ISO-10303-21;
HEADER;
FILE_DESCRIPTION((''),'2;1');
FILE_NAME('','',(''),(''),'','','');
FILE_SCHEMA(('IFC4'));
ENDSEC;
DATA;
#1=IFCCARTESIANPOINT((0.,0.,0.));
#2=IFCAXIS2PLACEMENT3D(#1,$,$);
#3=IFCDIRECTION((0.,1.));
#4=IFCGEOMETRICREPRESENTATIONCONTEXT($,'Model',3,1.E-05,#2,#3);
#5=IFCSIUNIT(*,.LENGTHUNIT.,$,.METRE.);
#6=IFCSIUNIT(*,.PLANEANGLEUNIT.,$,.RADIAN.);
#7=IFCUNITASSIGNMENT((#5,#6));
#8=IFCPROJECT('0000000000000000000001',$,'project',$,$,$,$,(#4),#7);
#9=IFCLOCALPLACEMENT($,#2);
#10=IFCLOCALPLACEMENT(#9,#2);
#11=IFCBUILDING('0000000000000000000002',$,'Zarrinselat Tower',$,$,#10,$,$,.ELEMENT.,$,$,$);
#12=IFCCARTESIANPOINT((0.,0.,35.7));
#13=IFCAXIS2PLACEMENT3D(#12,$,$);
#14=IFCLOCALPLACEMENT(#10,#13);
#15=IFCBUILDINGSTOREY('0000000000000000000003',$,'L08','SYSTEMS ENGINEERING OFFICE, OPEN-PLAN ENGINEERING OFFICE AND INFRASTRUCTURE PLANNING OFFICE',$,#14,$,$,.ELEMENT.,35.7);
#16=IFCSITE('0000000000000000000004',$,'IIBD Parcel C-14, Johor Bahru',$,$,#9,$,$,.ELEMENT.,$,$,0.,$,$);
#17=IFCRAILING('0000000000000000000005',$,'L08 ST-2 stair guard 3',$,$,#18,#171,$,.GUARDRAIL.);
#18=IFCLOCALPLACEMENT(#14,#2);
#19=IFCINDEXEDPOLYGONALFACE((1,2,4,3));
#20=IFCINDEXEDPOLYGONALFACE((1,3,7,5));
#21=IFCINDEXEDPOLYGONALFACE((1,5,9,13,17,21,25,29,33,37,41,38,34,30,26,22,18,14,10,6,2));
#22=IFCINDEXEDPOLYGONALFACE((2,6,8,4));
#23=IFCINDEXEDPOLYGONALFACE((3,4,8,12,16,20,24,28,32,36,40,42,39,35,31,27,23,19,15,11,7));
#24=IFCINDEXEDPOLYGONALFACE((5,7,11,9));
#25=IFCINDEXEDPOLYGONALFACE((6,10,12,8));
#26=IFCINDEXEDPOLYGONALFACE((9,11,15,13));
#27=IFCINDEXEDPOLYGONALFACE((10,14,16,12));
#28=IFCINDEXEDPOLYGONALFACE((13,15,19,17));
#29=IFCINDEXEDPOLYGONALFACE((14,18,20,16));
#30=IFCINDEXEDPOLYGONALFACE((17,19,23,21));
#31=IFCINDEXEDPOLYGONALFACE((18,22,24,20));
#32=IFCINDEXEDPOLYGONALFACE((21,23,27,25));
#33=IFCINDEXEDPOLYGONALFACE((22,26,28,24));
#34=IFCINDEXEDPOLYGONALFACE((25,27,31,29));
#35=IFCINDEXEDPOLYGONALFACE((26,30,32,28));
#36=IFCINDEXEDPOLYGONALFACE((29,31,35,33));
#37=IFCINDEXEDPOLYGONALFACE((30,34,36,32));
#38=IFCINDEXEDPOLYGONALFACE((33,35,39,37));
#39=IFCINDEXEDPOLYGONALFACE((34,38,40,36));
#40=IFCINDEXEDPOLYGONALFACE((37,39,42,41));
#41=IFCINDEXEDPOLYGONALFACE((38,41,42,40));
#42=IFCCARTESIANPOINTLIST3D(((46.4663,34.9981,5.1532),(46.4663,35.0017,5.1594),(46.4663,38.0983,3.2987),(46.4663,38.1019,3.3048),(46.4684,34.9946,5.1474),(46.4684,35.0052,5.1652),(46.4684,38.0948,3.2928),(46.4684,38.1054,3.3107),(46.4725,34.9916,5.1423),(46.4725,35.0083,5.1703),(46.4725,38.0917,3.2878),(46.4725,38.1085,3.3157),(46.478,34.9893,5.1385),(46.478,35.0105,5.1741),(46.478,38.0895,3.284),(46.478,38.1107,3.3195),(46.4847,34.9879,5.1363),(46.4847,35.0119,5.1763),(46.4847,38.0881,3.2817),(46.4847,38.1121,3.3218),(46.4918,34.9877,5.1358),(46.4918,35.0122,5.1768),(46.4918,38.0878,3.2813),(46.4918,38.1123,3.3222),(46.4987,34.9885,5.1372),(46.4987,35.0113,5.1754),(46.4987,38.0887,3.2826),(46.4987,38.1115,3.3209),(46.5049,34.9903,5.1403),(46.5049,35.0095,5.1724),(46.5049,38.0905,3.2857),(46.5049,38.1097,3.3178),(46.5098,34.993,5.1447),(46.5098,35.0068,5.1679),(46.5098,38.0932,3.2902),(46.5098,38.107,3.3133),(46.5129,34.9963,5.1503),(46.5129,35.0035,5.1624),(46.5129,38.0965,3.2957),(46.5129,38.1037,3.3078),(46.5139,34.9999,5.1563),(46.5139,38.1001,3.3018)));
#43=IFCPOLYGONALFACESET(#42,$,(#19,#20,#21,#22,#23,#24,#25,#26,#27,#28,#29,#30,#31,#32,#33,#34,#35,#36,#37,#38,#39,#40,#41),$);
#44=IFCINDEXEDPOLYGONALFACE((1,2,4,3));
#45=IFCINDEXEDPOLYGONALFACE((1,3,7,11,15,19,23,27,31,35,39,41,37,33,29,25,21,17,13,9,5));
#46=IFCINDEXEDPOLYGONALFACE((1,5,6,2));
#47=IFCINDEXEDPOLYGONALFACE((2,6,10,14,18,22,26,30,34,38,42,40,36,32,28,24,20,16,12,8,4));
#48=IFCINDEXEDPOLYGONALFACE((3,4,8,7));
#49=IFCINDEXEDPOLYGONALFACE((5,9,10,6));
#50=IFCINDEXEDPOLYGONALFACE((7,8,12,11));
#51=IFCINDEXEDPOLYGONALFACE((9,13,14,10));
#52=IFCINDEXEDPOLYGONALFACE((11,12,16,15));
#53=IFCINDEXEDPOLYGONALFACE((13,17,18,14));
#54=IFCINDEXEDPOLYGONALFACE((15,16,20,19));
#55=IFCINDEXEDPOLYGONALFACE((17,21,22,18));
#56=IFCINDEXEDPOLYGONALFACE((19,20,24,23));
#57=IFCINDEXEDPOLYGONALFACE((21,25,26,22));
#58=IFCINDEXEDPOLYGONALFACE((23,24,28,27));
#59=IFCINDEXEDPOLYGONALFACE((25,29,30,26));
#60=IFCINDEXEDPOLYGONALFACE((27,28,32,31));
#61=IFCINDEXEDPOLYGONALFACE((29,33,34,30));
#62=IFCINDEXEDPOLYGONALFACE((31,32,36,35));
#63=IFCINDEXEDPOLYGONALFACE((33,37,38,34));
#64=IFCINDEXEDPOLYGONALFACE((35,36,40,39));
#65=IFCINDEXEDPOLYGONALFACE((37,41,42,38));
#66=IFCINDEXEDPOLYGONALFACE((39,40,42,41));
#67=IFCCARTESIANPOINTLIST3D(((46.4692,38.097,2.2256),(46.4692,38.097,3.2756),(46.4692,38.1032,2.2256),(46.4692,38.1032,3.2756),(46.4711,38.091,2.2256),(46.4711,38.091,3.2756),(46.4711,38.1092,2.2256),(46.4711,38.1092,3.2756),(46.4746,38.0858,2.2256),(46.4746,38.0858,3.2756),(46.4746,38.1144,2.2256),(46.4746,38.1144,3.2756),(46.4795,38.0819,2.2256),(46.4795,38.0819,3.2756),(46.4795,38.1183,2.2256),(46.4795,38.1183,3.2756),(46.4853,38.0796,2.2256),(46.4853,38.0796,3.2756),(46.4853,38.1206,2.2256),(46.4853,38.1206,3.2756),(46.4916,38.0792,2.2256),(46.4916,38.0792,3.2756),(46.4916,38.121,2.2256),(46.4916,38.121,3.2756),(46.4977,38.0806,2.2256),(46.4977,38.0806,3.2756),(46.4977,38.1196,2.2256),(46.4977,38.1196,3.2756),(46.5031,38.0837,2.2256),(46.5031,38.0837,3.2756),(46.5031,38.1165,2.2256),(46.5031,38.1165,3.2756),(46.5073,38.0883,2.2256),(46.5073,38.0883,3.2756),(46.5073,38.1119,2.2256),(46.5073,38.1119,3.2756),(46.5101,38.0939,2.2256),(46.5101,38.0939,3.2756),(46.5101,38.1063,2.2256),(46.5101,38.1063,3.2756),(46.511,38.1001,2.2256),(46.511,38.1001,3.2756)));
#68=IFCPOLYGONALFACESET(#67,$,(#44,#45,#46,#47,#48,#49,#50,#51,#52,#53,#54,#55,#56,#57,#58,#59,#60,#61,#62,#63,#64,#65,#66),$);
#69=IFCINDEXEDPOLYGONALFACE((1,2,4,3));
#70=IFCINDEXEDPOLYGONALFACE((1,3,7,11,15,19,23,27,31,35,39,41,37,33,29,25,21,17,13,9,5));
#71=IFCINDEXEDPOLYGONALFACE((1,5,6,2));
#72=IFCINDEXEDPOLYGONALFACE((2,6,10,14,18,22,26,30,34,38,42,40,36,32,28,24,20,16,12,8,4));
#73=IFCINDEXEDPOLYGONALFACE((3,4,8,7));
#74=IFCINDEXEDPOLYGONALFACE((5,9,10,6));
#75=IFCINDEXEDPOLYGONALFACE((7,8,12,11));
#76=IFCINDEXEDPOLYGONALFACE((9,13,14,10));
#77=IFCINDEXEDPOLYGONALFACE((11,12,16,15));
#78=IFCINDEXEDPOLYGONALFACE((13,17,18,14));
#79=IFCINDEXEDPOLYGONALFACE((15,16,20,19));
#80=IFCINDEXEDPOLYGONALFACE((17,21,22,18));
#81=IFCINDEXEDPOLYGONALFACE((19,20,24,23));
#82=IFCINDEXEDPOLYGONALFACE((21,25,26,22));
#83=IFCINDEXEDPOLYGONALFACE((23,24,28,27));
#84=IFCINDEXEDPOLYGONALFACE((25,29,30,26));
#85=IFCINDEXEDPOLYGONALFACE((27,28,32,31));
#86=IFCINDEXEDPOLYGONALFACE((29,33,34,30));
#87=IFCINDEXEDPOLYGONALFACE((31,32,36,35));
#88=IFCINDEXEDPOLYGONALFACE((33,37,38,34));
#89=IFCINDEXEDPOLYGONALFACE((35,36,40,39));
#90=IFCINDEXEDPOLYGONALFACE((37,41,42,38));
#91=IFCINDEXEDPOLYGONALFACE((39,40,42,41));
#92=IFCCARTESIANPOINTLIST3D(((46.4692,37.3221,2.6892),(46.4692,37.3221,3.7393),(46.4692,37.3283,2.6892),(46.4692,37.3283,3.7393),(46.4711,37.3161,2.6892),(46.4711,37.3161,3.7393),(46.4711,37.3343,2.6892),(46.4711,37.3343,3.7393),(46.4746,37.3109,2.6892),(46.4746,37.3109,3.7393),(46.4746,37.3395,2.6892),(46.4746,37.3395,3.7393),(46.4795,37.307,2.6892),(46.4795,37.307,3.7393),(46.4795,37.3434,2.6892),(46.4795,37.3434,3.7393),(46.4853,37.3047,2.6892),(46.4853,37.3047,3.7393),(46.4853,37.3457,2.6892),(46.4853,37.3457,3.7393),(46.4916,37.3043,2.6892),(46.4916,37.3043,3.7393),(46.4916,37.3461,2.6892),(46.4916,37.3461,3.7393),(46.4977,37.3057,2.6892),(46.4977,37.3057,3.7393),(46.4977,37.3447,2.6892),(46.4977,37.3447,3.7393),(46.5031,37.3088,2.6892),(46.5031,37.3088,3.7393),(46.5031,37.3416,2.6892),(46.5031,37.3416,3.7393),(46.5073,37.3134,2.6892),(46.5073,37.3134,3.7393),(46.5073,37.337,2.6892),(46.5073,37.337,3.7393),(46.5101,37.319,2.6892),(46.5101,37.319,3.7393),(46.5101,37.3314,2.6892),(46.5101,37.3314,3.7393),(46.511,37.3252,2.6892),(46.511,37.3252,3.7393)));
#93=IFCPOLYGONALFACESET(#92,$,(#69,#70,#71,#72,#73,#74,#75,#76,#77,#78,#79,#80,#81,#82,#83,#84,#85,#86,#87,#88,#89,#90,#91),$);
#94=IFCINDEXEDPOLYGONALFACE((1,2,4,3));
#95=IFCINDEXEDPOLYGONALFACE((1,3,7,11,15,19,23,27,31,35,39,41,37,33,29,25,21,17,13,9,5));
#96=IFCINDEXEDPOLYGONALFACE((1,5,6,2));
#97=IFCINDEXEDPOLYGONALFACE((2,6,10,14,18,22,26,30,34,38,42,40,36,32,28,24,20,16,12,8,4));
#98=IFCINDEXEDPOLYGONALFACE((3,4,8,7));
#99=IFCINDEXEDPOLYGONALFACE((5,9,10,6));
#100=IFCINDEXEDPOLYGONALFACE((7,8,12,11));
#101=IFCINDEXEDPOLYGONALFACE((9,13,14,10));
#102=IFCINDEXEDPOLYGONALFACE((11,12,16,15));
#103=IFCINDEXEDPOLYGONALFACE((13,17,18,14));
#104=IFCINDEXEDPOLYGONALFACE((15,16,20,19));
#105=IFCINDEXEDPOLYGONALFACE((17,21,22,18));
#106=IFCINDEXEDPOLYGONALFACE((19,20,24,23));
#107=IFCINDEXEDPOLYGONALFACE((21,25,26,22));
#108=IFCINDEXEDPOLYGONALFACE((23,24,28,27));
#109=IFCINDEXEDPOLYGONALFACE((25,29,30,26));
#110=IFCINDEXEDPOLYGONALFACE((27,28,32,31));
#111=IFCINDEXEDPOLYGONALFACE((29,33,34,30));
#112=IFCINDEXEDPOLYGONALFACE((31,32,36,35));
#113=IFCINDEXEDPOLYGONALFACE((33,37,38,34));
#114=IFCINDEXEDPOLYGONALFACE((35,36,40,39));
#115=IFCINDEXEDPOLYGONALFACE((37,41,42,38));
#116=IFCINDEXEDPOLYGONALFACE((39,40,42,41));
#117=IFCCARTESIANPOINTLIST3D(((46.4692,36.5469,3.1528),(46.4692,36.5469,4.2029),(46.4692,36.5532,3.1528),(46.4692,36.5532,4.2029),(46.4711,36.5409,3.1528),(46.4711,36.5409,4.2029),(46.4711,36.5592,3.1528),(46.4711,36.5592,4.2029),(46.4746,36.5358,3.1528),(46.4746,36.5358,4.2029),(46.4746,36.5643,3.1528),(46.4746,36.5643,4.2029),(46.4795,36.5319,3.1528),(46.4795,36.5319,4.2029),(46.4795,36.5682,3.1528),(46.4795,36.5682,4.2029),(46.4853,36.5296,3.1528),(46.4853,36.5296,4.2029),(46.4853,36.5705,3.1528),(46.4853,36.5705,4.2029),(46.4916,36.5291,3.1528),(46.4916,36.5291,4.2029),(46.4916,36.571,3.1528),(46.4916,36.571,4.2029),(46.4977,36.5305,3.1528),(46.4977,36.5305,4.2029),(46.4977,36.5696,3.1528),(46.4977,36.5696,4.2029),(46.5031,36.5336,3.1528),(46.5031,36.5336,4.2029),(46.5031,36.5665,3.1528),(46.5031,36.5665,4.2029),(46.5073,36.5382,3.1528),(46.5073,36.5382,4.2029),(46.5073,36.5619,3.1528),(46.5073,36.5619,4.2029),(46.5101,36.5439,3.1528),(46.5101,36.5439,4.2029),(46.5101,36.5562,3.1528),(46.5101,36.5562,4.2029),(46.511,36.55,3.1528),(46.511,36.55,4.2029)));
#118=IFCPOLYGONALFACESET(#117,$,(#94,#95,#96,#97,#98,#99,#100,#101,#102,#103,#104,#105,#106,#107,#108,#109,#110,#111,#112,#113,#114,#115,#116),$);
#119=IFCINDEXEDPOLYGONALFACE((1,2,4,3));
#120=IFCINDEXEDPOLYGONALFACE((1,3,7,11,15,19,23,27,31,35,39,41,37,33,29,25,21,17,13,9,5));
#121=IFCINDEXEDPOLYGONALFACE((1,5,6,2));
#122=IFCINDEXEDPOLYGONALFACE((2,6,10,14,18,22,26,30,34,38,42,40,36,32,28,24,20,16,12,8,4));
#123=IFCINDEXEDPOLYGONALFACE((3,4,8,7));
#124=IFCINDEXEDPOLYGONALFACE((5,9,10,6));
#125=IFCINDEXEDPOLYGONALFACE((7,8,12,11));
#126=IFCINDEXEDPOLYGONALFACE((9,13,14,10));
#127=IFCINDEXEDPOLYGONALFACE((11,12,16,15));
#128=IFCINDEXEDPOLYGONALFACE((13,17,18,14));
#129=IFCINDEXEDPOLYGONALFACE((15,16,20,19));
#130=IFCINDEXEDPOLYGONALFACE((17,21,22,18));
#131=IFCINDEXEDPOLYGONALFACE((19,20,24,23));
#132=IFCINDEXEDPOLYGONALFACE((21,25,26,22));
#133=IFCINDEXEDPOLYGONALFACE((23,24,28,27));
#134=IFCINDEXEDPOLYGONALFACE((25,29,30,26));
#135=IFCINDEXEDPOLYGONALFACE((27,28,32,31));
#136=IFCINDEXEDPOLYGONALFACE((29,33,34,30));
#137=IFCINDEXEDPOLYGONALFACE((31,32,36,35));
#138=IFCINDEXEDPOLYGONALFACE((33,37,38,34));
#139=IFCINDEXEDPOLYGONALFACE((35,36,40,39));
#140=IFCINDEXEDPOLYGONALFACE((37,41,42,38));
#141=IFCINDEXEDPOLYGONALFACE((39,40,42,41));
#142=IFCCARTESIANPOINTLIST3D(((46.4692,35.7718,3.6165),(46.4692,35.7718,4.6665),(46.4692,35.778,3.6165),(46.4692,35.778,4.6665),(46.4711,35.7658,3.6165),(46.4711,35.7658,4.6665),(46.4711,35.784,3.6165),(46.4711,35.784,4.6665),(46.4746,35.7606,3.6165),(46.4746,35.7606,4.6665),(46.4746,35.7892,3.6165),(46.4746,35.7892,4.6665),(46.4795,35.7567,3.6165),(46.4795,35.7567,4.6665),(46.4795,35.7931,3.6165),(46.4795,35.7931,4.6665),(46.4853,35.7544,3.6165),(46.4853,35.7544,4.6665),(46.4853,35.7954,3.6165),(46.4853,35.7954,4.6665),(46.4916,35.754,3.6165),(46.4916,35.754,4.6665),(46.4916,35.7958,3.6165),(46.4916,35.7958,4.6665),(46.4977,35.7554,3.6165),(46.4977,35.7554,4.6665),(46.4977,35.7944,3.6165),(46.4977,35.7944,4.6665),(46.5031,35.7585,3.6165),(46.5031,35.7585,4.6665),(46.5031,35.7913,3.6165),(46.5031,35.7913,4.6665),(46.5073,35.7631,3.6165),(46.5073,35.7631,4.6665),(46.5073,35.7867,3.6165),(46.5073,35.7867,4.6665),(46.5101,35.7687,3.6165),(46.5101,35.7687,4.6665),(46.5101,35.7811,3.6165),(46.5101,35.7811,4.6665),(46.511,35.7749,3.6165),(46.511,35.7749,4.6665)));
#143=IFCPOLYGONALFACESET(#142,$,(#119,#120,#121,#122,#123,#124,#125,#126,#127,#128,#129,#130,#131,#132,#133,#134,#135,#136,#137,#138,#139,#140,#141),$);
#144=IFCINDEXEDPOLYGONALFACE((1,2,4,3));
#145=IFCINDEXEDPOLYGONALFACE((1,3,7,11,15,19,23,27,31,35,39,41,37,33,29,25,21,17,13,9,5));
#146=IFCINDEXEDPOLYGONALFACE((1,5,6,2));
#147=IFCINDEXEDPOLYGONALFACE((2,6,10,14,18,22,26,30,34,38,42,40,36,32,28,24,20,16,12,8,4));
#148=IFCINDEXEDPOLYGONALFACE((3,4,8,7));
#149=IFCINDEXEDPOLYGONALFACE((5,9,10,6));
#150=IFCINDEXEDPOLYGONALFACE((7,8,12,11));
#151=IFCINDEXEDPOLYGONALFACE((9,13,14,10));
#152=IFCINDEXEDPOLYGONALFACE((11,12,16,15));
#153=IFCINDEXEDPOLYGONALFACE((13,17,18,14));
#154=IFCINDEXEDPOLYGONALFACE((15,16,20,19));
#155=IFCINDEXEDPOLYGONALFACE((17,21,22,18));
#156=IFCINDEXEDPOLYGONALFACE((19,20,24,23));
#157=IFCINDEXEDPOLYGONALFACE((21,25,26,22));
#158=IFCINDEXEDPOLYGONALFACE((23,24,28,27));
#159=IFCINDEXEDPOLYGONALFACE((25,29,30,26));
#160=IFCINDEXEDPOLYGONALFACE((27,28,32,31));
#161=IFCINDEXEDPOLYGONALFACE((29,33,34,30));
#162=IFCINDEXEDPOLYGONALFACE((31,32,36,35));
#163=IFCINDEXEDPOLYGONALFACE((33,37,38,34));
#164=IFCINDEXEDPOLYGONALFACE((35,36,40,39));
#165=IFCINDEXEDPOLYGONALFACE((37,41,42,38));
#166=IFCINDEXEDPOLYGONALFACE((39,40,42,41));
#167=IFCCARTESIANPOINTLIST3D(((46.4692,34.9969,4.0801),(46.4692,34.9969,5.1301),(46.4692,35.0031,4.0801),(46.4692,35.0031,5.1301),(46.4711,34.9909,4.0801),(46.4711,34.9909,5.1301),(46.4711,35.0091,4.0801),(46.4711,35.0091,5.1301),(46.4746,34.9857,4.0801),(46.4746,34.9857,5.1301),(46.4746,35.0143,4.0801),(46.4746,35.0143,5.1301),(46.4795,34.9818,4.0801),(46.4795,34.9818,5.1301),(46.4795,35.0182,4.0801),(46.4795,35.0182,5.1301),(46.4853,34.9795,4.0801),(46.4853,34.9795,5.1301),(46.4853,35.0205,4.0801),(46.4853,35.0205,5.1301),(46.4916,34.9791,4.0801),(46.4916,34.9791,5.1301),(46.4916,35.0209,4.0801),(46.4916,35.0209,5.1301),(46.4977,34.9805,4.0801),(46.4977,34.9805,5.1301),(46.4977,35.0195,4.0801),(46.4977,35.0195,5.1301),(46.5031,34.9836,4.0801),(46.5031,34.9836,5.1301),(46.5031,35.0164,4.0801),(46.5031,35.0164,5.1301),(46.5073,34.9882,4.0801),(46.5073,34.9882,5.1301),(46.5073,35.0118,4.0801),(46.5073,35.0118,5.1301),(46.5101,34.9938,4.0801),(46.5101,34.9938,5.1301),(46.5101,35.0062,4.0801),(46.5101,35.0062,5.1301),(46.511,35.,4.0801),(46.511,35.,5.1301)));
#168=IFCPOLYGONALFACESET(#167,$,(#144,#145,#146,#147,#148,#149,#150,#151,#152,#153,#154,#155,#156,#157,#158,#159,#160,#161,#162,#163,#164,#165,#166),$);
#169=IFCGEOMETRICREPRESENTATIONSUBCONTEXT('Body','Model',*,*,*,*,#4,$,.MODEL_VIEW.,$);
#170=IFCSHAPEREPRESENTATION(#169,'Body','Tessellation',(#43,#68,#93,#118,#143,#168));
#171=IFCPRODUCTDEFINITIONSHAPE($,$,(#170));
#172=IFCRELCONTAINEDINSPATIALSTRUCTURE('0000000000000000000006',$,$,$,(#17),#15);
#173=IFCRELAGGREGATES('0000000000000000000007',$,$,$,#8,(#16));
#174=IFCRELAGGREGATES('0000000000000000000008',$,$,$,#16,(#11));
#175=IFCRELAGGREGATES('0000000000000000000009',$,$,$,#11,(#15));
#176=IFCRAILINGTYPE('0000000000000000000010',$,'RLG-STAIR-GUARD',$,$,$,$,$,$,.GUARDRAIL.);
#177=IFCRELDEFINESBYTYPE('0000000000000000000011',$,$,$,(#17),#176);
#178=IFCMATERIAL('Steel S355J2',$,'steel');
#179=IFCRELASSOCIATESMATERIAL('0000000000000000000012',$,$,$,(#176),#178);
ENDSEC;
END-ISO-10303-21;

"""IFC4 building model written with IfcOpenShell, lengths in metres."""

from ifc_helpers import new_model, si_unit, direction, frame, origin, origin_2d, place, context, subcontext, project, spatial, circle, extrude, material, type_object, element, save


model = new_model("IFC4")

# Units and contexts
model_context = context("Model", 3, precision=1e-05, world=origin(), true_north=direction((0.0, 1.0)))
body_context = subcontext(model_context, "Body", "Model", "MODEL_VIEW")
ifc_project = project(units=[si_unit("LENGTHUNIT", "METRE"), si_unit("PLANEANGLEUNIT", "RADIAN")], contexts=[model_context])

# Site, building, storey
site_placement = place(None, origin())
site = spatial("IfcSite", under=ifc_project, at=site_placement, Name="IIBD Parcel C-14, Johor Bahru", CompositionType="ELEMENT", RefElevation=0.0)
building_placement = place(site_placement, origin())
building = spatial("IfcBuilding", under=site, at=building_placement, Name="Zarrinselat Tower", CompositionType="ELEMENT")
storey_placement = place(building_placement, frame((0.0, 0.0, 35.7)))
storey = spatial("IfcBuildingStorey", under=building, at=storey_placement, Name="L08", Description="SYSTEMS ENGINEERING OFFICE, OPEN-PLAN ENGINEERING OFFICE AND INFRASTRUCTURE PLANNING OFFICE", CompositionType="ELEMENT", Elevation=35.7)

# Railing
ifc_material_1 = material(Name="Steel S355J2", Category="steel")
railing_type_1 = type_object("IfcRailingType", Name="RLG-STAIR-GUARD", PredefinedType="GUARDRAIL", material=ifc_material_1)
railing_1_placement = place(storey_placement, frame((46.49, 38.1001, 2.2256)))
element("IfcRailing", 1, at=railing_1_placement, inside=storey, type_object=railing_type_1, Name="L08 ST-2 stair guard 3", PredefinedType="GUARDRAIL", context=body_context, shape_type="SweptSolid", body=[
    extrude(circle(Radius=0.0239, at=origin_2d()), frame((0.0, 0.0, 1.0762), z_axis=(0.0, -0.858172, 0.513362), x_axis=(1.0, 0.0, 0.0)), (0.0, 0.0, 1.0), 3.6125),
    extrude(circle(Radius=0.021, at=origin_2d()), origin(), (0.0, 0.0, 1.0), 1.05),
    extrude(circle(Radius=0.021, at=origin_2d()), frame((0.0, -0.7749, 0.4636)), (0.0, 0.0, 1.0), 1.05),
    extrude(circle(Radius=0.021, at=origin_2d()), frame((0.0, -1.55, 0.9272)), (0.0, 0.0, 1.0), 1.05),
    extrude(circle(Radius=0.021, at=origin_2d()), frame((0.0, -2.3252, 1.3909)), (0.0, 0.0, 1.0), 1.05),
    extrude(circle(Radius=0.021, at=origin_2d()), frame((0.0, -3.1001, 1.8545)), (0.0, 0.0, 1.0), 1.05),
])

save(model, "model.ifc")
